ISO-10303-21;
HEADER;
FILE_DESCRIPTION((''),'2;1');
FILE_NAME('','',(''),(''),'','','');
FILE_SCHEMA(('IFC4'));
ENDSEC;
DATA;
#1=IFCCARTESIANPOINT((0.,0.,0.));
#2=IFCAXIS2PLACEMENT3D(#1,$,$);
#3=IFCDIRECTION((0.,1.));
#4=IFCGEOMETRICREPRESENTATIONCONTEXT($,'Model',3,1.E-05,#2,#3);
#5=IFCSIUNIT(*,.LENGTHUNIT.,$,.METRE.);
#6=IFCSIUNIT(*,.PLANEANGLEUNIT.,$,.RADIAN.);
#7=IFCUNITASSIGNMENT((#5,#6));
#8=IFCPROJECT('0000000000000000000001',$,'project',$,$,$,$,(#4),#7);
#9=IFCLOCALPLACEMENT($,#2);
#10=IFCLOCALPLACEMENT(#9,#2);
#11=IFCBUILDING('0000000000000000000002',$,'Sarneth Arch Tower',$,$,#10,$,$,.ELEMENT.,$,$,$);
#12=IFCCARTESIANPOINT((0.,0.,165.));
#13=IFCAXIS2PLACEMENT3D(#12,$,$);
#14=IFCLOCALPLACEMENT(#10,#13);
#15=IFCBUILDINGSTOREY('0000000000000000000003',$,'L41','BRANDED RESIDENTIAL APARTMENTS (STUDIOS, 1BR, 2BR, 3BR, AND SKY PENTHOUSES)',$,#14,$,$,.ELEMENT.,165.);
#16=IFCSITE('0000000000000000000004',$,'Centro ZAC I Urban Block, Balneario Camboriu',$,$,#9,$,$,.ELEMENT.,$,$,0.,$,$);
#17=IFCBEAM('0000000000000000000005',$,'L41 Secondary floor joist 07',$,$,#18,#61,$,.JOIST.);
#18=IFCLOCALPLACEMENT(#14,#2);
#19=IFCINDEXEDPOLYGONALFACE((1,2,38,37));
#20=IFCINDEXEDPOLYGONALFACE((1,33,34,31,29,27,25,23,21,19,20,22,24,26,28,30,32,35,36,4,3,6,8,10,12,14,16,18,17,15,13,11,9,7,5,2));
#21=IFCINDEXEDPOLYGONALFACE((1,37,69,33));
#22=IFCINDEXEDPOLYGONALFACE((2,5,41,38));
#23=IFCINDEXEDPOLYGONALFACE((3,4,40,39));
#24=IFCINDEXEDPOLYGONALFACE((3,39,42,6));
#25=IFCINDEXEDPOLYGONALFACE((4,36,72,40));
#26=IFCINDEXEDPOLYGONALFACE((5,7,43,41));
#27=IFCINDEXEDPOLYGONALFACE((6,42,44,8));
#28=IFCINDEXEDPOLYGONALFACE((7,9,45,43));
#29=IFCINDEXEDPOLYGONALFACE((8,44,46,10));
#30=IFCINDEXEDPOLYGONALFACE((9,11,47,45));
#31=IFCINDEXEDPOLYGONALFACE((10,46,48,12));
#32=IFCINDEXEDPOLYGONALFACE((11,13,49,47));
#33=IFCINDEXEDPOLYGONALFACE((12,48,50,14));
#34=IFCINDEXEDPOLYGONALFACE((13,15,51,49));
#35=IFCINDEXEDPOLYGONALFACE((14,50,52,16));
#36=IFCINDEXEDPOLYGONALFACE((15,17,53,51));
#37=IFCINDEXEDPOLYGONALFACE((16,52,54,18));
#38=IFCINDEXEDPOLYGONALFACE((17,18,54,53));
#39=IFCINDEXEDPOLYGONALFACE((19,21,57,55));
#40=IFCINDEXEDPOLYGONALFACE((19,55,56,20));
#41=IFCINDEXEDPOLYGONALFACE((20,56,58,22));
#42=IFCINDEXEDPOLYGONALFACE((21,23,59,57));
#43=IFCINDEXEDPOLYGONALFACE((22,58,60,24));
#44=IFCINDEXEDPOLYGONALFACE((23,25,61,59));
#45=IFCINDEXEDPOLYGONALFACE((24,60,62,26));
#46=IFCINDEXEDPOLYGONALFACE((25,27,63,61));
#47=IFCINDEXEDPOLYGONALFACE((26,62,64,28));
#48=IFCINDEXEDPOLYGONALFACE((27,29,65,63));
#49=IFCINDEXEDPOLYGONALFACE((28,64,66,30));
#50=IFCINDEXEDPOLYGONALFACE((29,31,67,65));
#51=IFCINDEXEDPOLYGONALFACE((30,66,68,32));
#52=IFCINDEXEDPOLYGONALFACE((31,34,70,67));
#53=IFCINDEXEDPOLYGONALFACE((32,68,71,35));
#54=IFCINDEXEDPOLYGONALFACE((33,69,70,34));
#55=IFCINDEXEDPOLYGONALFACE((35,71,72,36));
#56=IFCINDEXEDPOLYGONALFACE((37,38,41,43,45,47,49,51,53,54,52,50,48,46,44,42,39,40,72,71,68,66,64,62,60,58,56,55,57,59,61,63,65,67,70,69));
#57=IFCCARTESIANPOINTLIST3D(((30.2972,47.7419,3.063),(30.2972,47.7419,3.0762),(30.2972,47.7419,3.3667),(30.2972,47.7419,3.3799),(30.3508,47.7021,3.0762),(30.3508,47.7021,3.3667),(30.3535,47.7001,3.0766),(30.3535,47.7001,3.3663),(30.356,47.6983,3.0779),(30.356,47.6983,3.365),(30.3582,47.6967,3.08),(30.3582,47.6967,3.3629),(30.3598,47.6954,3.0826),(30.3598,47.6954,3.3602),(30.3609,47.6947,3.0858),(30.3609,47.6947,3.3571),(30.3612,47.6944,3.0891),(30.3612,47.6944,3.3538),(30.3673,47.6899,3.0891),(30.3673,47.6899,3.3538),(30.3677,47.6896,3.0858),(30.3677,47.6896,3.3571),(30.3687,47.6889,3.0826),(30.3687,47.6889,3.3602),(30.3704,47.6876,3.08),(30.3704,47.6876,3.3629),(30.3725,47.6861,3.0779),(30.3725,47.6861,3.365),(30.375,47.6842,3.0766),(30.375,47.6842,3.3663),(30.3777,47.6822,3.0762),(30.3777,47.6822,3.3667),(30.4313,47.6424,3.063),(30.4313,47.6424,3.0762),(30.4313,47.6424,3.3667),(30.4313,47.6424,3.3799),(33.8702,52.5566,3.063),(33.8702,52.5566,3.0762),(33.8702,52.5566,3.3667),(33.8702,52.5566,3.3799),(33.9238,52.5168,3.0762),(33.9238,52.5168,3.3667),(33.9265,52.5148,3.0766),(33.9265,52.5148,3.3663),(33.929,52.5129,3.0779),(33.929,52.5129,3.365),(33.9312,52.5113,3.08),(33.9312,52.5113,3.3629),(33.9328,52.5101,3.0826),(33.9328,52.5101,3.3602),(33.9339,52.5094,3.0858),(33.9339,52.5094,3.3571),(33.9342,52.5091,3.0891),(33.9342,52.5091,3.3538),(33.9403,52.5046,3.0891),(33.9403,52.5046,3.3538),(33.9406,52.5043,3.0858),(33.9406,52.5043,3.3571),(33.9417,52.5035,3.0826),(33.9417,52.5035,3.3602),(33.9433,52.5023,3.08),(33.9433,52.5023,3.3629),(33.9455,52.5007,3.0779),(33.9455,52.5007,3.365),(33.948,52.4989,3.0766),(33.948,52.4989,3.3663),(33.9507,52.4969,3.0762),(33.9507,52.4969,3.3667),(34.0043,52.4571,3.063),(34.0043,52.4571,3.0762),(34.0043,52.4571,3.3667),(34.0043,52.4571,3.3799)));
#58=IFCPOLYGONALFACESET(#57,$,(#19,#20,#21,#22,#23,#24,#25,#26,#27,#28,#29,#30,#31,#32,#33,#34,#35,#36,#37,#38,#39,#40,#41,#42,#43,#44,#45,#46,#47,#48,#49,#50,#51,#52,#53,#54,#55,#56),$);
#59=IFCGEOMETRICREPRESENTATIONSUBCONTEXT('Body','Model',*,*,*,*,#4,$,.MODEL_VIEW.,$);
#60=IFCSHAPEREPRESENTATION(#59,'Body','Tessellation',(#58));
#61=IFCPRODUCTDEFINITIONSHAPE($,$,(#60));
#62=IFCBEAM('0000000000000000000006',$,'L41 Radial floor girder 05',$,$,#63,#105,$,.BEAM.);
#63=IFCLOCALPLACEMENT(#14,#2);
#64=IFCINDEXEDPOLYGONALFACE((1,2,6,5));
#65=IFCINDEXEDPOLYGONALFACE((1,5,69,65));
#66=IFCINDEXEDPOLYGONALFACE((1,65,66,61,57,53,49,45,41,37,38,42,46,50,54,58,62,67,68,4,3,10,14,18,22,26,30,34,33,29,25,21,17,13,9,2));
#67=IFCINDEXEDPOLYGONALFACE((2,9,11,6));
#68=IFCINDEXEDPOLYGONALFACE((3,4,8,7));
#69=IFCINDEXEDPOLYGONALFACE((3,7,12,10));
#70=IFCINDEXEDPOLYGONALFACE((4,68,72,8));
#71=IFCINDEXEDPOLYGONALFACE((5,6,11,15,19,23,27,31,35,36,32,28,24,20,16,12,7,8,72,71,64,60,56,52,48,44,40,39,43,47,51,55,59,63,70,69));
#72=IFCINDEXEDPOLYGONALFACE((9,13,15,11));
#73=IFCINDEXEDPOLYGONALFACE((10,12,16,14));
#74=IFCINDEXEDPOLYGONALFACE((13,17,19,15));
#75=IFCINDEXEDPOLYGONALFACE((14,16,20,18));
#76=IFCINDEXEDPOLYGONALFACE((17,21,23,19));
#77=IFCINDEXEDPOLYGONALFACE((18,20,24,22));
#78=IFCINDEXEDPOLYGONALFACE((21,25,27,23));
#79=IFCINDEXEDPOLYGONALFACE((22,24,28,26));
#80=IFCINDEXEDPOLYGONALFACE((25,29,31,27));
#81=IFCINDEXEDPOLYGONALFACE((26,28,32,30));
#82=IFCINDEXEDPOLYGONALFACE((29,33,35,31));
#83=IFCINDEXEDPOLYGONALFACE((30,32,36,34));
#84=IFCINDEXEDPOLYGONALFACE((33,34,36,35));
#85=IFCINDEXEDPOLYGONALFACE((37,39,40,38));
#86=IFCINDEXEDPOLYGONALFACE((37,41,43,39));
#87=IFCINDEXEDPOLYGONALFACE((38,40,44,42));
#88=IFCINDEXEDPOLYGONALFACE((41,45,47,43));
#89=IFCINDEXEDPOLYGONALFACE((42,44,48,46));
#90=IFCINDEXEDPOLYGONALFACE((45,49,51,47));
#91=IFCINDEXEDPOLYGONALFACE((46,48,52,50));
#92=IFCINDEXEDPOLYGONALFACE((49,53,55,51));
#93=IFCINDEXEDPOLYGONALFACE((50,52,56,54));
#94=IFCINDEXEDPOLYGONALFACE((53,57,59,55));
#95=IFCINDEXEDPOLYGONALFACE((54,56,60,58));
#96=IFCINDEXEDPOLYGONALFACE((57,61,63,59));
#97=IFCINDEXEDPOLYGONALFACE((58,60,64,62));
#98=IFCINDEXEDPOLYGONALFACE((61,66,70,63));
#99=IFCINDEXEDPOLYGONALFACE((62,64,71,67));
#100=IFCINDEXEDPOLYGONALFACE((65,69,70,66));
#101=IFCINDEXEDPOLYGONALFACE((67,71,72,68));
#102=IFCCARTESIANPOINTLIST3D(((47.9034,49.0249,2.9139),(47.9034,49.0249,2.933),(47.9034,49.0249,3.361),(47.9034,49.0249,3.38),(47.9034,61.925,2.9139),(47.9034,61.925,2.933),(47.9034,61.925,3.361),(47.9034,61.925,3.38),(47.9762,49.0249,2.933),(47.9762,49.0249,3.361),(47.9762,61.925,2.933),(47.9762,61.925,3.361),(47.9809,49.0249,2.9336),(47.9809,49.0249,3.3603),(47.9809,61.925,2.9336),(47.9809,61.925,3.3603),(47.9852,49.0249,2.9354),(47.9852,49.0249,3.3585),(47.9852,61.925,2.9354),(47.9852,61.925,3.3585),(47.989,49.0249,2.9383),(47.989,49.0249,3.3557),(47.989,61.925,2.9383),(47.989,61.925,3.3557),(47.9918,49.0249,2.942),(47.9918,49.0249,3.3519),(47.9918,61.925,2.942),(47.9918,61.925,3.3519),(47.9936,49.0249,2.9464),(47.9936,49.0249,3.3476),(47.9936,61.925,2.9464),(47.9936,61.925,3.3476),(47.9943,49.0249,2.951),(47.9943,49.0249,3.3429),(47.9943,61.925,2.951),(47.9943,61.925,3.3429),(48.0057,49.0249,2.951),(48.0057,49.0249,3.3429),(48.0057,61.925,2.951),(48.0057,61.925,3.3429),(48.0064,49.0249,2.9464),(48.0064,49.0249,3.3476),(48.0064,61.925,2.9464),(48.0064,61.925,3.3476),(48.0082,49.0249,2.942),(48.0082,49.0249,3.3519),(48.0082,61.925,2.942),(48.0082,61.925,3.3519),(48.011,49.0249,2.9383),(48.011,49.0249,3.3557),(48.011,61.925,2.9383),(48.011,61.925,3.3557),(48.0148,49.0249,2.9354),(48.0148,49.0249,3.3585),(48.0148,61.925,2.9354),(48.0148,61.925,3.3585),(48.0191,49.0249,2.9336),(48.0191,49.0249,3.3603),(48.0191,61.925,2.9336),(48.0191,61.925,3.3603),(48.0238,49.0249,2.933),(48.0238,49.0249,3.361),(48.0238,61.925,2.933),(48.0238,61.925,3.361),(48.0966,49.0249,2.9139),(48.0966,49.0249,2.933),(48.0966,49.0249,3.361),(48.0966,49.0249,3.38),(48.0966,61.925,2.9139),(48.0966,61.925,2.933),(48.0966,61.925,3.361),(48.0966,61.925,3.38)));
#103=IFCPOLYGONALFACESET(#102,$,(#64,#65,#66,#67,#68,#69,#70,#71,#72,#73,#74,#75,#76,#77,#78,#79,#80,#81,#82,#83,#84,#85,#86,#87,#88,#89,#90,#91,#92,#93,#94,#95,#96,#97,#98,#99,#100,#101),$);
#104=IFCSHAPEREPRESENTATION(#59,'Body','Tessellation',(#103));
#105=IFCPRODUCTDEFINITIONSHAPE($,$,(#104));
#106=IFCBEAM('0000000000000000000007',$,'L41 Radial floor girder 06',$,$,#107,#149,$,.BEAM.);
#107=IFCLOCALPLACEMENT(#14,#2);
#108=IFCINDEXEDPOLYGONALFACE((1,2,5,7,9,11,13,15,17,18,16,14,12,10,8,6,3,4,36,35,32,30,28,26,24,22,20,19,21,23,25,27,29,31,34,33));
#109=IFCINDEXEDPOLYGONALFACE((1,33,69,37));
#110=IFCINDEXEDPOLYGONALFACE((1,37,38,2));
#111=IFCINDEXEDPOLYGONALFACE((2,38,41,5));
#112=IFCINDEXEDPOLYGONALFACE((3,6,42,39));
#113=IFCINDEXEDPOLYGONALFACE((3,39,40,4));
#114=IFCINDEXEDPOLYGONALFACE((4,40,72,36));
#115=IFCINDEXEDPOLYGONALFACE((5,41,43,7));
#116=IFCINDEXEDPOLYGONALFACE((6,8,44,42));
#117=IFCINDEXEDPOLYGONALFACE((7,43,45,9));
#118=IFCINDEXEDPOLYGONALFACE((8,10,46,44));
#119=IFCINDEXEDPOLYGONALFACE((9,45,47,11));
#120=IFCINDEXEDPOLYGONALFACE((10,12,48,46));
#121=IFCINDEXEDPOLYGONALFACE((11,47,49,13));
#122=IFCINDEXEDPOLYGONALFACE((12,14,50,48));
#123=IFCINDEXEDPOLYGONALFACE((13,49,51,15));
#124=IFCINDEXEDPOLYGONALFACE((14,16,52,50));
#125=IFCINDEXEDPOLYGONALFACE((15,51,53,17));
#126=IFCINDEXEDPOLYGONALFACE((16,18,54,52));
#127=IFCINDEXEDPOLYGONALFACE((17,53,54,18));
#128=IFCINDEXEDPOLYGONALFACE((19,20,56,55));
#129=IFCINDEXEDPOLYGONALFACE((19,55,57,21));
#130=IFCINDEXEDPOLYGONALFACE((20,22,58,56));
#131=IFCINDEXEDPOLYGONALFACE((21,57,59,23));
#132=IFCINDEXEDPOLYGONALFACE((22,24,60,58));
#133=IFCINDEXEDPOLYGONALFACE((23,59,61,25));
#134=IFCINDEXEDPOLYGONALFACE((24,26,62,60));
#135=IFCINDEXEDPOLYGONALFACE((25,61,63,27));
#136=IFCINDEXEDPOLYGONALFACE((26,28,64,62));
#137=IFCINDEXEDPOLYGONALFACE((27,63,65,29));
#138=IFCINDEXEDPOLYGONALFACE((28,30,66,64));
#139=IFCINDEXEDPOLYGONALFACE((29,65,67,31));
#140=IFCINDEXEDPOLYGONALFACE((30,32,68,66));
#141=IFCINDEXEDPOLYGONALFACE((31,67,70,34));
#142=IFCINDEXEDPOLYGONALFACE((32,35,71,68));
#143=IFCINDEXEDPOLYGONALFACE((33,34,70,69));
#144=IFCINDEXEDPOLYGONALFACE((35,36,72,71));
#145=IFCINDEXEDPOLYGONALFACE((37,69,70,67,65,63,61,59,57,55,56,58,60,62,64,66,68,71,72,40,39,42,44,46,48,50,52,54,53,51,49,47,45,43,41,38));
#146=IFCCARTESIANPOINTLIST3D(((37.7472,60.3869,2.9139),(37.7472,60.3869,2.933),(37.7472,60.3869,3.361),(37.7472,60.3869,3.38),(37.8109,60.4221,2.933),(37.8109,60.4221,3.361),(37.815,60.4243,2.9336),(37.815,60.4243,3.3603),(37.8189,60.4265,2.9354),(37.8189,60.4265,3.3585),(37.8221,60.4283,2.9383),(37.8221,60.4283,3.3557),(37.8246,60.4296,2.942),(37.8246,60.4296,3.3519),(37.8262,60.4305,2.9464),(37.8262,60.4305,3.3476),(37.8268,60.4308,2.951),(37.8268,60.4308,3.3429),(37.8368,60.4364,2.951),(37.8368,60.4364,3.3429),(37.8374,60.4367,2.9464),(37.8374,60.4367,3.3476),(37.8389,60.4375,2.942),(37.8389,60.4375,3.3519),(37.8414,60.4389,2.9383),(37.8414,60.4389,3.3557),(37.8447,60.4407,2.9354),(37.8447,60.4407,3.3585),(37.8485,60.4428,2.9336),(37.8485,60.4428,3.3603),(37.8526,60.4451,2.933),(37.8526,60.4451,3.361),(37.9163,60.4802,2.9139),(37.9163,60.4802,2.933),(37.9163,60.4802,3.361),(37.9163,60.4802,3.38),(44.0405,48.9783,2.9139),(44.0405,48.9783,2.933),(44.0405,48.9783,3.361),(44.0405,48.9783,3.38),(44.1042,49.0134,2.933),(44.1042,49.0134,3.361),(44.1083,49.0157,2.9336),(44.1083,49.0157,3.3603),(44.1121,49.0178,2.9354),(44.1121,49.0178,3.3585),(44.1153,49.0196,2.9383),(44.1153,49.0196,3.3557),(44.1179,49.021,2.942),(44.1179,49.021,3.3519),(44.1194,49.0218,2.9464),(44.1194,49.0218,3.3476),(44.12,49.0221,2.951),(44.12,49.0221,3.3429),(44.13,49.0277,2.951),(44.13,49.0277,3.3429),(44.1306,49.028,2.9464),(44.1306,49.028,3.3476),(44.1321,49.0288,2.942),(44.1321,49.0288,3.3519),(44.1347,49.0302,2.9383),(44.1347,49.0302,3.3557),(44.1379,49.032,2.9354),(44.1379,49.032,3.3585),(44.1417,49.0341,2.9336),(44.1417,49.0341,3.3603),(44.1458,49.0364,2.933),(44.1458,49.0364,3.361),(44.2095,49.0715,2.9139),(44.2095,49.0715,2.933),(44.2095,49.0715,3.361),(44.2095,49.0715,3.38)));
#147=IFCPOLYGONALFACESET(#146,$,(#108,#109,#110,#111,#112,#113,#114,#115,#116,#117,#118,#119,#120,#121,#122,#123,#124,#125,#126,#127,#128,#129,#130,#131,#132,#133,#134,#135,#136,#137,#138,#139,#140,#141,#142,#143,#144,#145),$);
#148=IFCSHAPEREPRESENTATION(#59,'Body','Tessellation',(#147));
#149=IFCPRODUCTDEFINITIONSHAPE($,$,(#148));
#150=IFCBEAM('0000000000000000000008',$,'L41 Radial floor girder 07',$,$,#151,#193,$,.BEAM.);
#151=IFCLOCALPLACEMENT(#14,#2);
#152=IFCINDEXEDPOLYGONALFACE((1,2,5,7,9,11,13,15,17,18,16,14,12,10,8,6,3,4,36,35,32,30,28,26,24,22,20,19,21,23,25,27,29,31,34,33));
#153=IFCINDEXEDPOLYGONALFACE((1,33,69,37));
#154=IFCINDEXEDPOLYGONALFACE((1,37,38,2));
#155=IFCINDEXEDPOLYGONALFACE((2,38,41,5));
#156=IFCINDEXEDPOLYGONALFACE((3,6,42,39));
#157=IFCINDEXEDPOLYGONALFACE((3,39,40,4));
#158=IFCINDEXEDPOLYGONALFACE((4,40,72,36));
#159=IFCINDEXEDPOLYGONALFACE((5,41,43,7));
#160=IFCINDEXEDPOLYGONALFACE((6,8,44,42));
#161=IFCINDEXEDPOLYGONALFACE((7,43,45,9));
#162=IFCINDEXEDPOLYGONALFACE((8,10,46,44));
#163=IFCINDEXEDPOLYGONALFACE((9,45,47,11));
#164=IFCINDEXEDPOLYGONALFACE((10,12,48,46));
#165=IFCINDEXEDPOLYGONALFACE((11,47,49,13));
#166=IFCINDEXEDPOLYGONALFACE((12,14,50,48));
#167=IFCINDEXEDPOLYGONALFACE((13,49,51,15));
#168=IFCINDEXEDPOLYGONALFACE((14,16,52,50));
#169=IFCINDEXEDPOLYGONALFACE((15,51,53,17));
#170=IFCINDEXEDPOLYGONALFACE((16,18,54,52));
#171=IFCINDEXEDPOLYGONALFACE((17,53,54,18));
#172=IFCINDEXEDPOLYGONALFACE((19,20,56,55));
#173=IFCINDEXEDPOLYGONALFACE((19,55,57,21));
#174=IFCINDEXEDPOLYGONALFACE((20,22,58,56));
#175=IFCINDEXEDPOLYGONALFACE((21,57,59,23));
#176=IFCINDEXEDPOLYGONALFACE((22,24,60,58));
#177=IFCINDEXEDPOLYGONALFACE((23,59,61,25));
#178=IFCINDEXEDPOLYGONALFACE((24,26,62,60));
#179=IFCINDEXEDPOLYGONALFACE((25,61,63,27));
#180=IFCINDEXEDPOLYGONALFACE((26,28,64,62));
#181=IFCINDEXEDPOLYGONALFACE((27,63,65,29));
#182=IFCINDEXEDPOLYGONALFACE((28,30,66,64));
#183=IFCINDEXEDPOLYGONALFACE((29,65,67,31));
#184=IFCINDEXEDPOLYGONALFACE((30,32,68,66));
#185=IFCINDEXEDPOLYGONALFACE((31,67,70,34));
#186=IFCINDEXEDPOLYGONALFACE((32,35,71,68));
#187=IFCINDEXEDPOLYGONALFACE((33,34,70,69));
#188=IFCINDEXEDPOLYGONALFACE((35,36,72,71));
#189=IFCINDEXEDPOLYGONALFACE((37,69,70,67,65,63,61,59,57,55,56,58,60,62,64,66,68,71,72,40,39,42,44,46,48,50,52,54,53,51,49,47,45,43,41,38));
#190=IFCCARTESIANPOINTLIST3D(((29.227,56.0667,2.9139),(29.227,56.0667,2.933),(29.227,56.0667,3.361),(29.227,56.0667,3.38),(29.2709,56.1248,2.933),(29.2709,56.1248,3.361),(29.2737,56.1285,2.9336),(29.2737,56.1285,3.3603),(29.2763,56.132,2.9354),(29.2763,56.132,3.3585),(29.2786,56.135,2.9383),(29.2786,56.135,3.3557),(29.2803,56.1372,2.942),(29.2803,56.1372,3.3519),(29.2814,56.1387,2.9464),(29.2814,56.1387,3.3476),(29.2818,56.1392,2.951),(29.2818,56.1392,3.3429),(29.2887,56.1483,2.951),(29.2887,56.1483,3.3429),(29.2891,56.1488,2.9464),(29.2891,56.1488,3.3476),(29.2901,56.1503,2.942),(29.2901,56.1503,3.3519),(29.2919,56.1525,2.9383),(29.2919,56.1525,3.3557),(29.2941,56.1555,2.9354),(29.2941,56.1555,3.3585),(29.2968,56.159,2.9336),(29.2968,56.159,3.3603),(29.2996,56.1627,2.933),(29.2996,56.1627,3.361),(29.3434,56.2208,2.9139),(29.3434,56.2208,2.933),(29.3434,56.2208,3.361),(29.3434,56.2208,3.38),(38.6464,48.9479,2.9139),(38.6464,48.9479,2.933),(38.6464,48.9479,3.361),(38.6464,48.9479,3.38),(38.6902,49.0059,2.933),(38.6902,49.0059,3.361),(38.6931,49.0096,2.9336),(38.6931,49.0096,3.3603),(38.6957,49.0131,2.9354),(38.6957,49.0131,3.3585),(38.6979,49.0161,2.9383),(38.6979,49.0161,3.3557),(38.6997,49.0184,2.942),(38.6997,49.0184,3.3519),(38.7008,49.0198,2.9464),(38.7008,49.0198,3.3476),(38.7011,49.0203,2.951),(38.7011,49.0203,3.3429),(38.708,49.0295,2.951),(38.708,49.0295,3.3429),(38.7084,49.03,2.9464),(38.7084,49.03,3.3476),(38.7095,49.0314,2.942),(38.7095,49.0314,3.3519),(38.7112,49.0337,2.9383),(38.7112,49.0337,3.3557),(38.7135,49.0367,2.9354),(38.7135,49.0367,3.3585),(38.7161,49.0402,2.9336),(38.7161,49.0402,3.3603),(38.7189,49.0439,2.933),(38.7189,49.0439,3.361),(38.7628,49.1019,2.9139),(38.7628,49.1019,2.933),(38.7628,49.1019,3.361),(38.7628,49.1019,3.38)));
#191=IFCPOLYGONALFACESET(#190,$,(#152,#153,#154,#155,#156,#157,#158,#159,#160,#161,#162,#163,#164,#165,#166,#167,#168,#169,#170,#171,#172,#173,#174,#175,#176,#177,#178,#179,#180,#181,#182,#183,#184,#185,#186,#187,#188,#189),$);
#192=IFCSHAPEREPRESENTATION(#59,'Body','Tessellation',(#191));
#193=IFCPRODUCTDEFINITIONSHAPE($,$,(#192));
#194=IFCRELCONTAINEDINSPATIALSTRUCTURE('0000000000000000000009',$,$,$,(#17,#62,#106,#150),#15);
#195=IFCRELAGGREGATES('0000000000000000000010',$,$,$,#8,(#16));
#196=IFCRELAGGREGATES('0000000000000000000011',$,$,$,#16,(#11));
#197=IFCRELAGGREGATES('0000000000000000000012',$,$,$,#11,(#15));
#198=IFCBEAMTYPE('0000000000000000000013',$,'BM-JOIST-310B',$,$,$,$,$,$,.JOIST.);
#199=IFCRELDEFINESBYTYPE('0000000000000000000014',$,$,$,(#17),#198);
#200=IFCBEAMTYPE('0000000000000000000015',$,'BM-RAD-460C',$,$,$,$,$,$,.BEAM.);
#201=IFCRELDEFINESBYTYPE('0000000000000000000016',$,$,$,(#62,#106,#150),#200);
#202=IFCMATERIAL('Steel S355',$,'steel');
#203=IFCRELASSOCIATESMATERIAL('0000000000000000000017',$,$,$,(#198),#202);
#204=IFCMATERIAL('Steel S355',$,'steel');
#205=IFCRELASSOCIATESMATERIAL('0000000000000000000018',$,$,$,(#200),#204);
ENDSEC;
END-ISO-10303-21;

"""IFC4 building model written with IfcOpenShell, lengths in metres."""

from ifc_helpers import new_model, si_unit, direction, frame, origin, origin_2d, place, context, subcontext, project, spatial, i_section, extrude, material, material_profile, profile_set, type_object, element, save


model = new_model("IFC4")

# Units and contexts
model_context = context("Model", 3, precision=1e-05, world=origin(), true_north=direction((0.0, 1.0)))
body_context = subcontext(model_context, "Body", "Model", "MODEL_VIEW")
ifc_project = project(units=[si_unit("LENGTHUNIT", "METRE"), si_unit("PLANEANGLEUNIT", "RADIAN")], contexts=[model_context])

# Site, building, storey
site_placement = place(None, origin())
site = spatial("IfcSite", under=ifc_project, at=site_placement, Name="Centro ZAC I Urban Block, Balneario Camboriu", CompositionType="ELEMENT", RefElevation=0.0)
building_placement = place(site_placement, origin())
building = spatial("IfcBuilding", under=site, at=building_placement, Name="Sarneth Arch Tower", CompositionType="ELEMENT")
storey_placement = place(building_placement, frame((0.0, 0.0, 165.0)))
storey = spatial("IfcBuildingStorey", under=building, at=storey_placement, Name="L41", Description="BRANDED RESIDENTIAL APARTMENTS (STUDIOS, 1BR, 2BR, 3BR, AND SKY PENTHOUSES)", CompositionType="ELEMENT", Elevation=165.0)

# Beams
ifc_material_1 = material(Name="Steel S355", Category="steel")
ifc_material_profile_1 = material_profile(ifc_material_1, i_section(OverallWidth=0.167, OverallDepth=0.3169, WebThickness=0.0076, FlangeThickness=0.0132, FilletRadius=0.0129, at=origin_2d()), Name="W310x52")
ifc_profile_set_1 = profile_set([ifc_material_profile_1], Name="Steel S355")
beam_type_1 = type_object("IfcBeamType", Name="BM-JOIST-310B", PredefinedType="JOIST", material=ifc_profile_set_1)
beam_1_placement = place(storey_placement, frame((33.9373, 52.5068, 3.2214), z_axis=(-0.595933, -0.803034, 0.0), x_axis=(0.803034, -0.595933, 0.0)))
element("IfcBeam", 1, at=beam_1_placement, inside=storey, type_object=beam_type_1, Name="L41 Secondary floor joist 07", PredefinedType="JOIST", context=body_context, shape_type="SweptSolid", body=[
    extrude(i_section(OverallWidth=0.167, OverallDepth=0.3169, WebThickness=0.0076, FlangeThickness=0.0132, FilletRadius=0.0129, at=origin_2d()), origin(), (0.0, 0.0, 1.0), 5.9956),
])
ifc_material_2 = material(Name="Steel S355", Category="steel")
ifc_material_profile_2 = material_profile(ifc_material_2, i_section(OverallWidth=0.1931, OverallDepth=0.4661, WebThickness=0.0115, FlangeThickness=0.019, FilletRadius=0.0181, at=origin_2d()), Name="W460x97")
ifc_profile_set_2 = profile_set([ifc_material_profile_2], Name="Steel S355")
beam_type_2 = type_object("IfcBeamType", Name="BM-RAD-460C", PredefinedType="BEAM", material=ifc_profile_set_2)
beam_2_placement = place(storey_placement, frame((48.0, 49.0249, 3.147), z_axis=(0.0, 1.0, 0.0), x_axis=(-1.0, 0.0, 0.0)))
element("IfcBeam", 2, at=beam_2_placement, inside=storey, type_object=beam_type_2, Name="L41 Radial floor girder 05", PredefinedType="BEAM", context=body_context, shape_type="SweptSolid", body=[
    extrude(i_section(OverallWidth=0.1931, OverallDepth=0.4661, WebThickness=0.0115, FlangeThickness=0.019, FilletRadius=0.0181, at=origin_2d()), origin(), (0.0, 0.0, 1.0), 12.9001),
])
beam_3_placement = place(storey_placement, frame((44.125, 49.0249, 3.147), z_axis=(-0.483005, 0.875618, 0.0), x_axis=(-0.875618, -0.483005, 0.0)))
element("IfcBeam", 3, at=beam_3_placement, inside=storey, type_object=beam_type_2, Name="L41 Radial floor girder 06", PredefinedType="BEAM", context=body_context, shape_type="SweptSolid", body=[
    extrude(i_section(OverallWidth=0.1931, OverallDepth=0.4661, WebThickness=0.0115, FlangeThickness=0.019, FilletRadius=0.0181, at=origin_2d()), origin(), (0.0, 0.0, 1.0), 13.0293),
])
beam_4_placement = place(storey_placement, frame((38.7046, 49.0249, 3.147), z_axis=(-0.797786, 0.60294, 0.0), x_axis=(-0.60294, -0.797786, 0.0)))
element("IfcBeam", 4, at=beam_4_placement, inside=storey, type_object=beam_type_2, Name="L41 Radial floor girder 07", PredefinedType="BEAM", context=body_context, shape_type="SweptSolid", body=[
    extrude(i_section(OverallWidth=0.1931, OverallDepth=0.4661, WebThickness=0.0115, FlangeThickness=0.019, FilletRadius=0.0181, at=origin_2d()), origin(), (0.0, 0.0, 1.0), 11.8069),
])

save(model, "model.ifc")
